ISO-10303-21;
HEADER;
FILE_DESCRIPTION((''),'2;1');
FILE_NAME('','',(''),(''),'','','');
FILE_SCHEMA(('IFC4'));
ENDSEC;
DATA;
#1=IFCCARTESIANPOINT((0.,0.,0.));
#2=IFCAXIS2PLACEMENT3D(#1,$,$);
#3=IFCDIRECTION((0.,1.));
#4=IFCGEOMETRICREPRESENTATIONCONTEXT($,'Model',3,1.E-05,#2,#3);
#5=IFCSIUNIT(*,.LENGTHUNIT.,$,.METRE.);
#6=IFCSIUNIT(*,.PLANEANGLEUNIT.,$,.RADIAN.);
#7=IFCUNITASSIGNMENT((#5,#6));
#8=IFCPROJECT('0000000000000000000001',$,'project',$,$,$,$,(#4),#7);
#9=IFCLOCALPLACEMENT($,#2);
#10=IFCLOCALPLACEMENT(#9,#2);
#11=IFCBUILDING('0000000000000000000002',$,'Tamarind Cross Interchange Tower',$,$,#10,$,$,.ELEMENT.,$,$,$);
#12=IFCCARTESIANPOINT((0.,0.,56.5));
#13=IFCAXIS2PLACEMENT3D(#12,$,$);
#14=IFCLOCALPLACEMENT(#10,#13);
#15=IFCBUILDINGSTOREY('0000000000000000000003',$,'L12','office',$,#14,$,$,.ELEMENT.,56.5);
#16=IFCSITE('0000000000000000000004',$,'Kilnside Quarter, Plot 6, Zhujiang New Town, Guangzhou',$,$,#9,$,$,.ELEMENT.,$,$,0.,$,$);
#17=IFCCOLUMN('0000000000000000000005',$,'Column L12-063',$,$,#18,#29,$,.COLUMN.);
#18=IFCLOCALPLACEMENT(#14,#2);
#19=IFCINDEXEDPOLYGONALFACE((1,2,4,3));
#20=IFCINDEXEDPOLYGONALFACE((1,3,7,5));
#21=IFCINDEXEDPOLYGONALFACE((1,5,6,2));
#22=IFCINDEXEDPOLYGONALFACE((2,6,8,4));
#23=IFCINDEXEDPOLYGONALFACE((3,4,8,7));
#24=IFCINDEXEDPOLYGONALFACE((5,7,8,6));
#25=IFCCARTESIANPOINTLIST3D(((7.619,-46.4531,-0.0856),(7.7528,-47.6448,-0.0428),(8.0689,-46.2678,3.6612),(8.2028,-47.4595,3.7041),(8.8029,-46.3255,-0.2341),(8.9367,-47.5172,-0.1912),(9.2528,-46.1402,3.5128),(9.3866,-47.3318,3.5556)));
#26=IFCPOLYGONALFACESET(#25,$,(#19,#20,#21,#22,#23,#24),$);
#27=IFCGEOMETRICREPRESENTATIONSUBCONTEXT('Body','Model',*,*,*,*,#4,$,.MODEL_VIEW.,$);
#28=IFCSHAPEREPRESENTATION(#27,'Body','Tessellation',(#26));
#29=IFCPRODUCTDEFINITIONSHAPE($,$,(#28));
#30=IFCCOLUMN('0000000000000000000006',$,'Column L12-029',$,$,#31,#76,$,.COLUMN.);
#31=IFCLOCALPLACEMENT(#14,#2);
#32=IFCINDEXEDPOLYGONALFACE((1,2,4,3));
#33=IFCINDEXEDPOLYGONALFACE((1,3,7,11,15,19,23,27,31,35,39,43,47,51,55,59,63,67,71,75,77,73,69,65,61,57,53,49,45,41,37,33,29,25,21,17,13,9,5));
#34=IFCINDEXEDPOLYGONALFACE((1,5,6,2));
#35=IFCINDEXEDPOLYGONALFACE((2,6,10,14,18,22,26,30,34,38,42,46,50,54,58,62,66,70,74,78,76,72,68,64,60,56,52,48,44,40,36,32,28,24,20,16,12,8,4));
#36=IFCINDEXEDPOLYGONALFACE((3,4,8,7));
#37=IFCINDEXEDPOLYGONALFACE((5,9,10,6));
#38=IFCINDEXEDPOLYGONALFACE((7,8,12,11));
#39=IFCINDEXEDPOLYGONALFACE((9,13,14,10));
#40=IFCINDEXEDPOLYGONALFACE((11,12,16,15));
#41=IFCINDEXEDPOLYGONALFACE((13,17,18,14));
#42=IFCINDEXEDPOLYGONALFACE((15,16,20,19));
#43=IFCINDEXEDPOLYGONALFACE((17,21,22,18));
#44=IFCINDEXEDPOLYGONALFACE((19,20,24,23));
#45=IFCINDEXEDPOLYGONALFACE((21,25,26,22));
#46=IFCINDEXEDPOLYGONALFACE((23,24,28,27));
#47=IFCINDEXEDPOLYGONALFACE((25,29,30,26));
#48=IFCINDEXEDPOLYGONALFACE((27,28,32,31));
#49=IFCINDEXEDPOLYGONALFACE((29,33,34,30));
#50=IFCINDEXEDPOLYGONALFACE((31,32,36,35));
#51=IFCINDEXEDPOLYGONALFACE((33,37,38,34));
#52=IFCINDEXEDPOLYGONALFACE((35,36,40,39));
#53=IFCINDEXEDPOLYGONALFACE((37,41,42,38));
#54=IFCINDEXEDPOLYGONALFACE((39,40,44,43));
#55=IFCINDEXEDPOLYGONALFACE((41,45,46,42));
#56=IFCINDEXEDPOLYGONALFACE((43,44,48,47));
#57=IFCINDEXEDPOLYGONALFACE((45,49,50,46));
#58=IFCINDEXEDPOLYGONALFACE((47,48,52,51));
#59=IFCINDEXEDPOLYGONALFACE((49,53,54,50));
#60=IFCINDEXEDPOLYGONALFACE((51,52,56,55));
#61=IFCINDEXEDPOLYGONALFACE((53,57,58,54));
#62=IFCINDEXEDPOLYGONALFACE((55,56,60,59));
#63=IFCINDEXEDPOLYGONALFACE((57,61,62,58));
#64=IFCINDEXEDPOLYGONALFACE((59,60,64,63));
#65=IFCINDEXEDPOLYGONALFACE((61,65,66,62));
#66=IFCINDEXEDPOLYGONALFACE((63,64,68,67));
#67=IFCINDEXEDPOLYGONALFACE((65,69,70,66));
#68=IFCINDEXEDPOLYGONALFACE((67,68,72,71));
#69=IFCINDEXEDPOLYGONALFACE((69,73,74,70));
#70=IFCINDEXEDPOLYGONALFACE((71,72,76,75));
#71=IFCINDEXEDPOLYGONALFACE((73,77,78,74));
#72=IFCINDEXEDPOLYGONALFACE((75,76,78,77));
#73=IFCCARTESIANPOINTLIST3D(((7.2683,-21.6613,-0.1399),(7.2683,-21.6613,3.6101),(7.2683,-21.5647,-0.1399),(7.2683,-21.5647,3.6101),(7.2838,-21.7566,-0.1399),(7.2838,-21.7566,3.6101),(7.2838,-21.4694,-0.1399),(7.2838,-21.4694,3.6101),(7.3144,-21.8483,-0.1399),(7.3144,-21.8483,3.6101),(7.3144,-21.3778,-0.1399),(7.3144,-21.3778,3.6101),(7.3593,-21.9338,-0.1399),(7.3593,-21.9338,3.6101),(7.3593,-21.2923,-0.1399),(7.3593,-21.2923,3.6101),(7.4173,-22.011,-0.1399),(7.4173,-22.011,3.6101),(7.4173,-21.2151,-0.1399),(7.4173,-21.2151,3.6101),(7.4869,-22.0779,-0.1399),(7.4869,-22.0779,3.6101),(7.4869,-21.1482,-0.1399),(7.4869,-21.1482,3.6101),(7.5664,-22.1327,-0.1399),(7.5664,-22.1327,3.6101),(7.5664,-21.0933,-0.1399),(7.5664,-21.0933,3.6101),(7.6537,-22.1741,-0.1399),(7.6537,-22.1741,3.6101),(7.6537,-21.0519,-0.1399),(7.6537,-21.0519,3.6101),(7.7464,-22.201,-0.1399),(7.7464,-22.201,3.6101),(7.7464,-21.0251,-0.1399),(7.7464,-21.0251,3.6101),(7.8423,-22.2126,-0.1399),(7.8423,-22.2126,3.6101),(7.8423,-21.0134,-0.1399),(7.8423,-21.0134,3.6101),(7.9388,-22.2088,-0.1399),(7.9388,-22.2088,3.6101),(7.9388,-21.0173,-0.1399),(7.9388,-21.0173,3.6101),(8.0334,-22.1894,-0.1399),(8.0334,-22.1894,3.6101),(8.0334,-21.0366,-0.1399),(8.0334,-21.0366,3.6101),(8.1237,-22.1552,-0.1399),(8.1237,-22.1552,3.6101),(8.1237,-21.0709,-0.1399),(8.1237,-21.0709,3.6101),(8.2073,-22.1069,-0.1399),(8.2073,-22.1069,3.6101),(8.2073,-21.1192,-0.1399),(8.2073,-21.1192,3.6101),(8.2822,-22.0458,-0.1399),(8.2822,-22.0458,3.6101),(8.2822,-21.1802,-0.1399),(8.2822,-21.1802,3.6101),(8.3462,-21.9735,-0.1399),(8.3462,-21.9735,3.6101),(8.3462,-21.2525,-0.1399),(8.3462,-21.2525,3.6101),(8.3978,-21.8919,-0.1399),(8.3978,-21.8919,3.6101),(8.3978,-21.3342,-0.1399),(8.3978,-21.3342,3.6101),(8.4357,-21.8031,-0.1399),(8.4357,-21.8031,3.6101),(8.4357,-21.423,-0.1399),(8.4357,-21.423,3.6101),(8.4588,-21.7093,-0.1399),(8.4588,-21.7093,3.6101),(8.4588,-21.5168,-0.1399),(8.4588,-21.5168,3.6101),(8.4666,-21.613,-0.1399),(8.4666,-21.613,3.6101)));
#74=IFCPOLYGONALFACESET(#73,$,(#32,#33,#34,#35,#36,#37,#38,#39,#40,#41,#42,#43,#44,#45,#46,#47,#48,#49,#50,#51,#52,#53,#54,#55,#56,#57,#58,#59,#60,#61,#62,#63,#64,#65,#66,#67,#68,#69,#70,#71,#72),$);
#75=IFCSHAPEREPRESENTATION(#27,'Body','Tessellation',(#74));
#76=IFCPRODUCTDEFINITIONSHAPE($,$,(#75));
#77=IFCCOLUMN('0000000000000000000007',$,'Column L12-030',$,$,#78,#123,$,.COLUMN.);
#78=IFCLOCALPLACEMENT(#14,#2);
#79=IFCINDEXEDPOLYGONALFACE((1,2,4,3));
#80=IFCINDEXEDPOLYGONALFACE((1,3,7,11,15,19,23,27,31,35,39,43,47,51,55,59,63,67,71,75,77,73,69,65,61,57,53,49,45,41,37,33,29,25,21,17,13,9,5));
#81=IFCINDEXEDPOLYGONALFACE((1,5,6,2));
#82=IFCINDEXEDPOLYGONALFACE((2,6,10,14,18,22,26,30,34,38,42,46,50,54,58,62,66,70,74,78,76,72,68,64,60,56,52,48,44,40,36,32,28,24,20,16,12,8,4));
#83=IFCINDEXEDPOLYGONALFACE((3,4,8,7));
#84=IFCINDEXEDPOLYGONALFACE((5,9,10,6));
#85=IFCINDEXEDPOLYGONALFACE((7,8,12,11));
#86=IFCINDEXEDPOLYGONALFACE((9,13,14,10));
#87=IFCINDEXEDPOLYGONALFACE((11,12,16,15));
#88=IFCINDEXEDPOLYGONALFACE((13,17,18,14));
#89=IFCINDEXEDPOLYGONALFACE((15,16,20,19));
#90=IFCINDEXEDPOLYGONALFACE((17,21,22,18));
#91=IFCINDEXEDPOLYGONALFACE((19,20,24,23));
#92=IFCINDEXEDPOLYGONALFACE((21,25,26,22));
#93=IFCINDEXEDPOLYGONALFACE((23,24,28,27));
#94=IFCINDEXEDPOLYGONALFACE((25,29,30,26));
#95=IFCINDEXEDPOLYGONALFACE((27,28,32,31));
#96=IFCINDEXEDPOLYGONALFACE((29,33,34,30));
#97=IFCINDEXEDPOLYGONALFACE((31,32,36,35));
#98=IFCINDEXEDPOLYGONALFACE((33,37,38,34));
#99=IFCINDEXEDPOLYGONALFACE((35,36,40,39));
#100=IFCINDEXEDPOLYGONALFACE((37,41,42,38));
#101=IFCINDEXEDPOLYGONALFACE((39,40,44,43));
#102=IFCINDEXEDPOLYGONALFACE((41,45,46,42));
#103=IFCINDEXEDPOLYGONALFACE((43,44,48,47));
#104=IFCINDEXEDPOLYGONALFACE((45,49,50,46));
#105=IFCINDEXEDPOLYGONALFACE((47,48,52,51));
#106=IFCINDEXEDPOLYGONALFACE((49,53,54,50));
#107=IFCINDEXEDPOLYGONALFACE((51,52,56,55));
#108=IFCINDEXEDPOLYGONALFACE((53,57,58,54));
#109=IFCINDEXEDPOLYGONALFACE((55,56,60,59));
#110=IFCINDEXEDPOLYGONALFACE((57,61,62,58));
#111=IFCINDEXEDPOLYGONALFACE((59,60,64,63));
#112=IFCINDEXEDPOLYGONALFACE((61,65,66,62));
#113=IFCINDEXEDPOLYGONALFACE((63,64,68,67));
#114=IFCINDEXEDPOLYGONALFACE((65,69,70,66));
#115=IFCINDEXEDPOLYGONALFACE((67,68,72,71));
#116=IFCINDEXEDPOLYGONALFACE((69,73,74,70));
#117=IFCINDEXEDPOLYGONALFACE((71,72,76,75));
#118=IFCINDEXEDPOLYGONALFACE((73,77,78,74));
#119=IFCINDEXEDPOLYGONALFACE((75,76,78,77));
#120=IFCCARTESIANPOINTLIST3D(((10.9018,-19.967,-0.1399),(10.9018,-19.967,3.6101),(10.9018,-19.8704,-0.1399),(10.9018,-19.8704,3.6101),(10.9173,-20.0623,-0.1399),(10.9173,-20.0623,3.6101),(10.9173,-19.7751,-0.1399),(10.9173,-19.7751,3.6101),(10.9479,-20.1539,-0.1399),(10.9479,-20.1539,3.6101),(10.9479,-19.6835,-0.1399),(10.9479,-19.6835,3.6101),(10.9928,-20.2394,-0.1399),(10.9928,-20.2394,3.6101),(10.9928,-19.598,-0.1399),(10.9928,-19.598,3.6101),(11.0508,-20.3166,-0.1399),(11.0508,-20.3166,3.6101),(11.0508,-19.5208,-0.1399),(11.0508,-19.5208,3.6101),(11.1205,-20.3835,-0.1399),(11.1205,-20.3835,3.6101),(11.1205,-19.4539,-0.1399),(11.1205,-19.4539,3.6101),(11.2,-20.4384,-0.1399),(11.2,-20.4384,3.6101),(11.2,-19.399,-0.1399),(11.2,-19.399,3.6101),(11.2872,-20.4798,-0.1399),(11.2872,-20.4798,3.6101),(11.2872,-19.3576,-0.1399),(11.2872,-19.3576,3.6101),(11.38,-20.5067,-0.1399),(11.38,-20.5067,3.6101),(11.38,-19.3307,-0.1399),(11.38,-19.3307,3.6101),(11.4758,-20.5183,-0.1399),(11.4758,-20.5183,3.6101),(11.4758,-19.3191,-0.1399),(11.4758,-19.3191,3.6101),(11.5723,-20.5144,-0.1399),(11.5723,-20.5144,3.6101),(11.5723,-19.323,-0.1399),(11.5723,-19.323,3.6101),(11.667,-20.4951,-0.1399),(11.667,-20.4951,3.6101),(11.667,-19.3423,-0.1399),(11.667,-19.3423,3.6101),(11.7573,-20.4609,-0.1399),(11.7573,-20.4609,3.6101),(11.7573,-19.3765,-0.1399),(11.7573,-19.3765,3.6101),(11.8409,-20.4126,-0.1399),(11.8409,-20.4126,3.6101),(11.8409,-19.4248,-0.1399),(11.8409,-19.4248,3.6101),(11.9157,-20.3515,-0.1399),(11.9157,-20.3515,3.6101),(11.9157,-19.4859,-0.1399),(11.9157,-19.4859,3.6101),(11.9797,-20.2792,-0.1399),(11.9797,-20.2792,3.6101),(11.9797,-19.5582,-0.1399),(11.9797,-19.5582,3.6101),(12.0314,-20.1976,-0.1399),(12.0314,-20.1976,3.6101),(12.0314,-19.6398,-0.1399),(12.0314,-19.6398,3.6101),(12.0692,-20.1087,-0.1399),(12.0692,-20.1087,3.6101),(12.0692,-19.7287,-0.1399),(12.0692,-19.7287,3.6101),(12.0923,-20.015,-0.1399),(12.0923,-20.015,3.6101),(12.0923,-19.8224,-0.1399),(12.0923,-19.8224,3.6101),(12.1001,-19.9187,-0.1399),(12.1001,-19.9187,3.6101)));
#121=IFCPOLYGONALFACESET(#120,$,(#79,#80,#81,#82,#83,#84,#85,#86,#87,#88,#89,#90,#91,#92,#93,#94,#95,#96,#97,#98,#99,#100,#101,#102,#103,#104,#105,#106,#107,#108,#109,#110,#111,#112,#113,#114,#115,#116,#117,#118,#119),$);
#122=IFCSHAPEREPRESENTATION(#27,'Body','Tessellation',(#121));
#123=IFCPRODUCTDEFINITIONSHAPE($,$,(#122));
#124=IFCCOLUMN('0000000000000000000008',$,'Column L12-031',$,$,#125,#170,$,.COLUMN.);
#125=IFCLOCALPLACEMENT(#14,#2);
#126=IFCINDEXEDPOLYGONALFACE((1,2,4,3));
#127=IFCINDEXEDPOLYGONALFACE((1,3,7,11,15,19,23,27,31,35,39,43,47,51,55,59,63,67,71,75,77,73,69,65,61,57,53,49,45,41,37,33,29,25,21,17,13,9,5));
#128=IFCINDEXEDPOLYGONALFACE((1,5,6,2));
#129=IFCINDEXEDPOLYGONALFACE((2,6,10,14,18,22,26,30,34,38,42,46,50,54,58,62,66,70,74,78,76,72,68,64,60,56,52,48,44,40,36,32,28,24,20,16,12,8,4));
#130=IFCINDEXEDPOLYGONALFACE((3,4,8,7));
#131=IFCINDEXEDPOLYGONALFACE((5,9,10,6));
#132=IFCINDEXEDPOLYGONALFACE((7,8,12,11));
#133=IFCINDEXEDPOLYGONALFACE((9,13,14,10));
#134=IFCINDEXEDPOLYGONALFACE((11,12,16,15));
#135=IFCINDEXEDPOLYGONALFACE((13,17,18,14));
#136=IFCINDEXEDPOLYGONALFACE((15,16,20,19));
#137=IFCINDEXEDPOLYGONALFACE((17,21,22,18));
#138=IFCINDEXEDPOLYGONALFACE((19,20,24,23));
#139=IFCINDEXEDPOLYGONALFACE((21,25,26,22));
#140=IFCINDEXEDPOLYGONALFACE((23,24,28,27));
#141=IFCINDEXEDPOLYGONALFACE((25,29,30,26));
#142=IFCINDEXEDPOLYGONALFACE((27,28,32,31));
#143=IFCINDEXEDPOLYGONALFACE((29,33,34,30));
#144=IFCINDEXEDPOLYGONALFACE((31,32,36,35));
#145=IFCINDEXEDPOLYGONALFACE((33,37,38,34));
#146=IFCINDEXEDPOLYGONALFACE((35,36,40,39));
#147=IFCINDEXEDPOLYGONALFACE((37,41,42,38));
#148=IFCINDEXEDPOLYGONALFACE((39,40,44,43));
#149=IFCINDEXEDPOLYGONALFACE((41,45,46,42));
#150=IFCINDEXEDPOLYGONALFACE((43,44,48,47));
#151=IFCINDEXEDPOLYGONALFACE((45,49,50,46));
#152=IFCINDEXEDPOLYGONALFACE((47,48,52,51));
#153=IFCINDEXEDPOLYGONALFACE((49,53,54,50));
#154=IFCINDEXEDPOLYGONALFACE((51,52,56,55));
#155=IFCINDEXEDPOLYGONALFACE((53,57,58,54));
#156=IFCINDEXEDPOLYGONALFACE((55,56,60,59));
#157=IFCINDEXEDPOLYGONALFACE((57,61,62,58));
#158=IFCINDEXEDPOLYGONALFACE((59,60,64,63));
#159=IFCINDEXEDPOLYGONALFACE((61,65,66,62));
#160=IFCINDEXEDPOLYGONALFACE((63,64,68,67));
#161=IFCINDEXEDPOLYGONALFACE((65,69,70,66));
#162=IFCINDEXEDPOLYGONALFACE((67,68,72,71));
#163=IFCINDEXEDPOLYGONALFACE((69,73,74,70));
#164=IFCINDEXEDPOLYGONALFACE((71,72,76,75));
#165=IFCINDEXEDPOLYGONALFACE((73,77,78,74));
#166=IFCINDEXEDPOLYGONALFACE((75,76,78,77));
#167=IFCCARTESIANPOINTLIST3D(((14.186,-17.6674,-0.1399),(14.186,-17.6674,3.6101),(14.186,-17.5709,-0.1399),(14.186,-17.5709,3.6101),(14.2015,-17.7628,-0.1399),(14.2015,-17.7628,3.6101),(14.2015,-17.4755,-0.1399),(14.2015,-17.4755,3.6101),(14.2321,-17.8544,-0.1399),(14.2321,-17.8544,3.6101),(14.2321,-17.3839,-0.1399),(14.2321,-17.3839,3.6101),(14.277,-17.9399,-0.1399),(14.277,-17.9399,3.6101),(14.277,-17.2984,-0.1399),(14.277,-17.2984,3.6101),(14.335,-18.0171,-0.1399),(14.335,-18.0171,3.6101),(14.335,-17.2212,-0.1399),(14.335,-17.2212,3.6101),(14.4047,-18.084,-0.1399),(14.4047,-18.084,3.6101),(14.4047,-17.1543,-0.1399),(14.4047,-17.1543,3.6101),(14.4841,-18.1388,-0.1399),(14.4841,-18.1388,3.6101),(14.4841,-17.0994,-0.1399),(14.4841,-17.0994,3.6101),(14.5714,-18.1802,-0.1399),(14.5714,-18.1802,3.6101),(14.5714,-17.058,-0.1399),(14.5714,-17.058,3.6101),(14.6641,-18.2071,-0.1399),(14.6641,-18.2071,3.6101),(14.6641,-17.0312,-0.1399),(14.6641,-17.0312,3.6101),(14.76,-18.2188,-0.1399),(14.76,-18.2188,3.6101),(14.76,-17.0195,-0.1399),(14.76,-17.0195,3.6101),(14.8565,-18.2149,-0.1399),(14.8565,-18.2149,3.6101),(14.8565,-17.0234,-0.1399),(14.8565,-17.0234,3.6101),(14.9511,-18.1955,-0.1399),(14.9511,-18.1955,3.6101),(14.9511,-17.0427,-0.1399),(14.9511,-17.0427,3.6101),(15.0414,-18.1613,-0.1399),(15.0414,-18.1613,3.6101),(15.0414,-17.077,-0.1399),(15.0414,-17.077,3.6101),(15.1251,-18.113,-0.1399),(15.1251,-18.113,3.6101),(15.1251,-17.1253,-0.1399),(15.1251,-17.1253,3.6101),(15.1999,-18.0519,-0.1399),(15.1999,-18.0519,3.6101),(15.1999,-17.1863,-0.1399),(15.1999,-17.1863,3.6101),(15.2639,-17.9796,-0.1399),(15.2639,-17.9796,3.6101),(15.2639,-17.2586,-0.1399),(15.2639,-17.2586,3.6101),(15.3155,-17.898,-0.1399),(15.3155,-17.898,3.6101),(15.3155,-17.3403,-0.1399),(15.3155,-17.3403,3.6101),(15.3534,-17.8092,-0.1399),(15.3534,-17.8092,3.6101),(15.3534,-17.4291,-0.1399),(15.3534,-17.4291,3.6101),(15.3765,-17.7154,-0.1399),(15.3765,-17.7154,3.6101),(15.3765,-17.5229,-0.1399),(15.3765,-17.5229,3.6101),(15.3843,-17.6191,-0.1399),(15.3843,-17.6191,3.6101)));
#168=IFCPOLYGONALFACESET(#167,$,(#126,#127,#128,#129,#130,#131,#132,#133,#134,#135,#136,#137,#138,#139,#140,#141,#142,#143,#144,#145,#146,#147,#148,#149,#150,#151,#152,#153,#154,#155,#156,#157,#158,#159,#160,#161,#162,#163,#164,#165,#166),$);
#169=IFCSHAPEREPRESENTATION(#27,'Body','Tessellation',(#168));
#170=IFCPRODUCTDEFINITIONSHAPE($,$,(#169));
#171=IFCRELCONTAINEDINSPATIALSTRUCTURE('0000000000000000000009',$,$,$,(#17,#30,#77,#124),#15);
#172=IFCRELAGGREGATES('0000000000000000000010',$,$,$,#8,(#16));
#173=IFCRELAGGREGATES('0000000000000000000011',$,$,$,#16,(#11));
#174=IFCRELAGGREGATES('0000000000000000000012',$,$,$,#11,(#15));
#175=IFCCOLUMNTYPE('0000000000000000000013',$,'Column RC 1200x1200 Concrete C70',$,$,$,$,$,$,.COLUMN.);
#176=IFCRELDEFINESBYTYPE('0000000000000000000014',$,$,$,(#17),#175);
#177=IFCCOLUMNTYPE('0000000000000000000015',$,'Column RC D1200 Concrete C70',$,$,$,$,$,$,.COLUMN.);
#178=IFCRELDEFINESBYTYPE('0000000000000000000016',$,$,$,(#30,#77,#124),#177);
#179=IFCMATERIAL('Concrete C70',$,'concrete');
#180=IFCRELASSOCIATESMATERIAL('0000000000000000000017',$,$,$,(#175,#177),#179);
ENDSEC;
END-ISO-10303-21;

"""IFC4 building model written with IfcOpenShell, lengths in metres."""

from ifc_helpers import new_model, si_unit, direction, frame, origin, origin_2d, place, context, subcontext, project, spatial, rectangle, circle, extrude, material, material_profile, profile_set, type_object, element, save


model = new_model("IFC4")

# Units and contexts
model_context = context("Model", 3, precision=1e-05, world=origin(), true_north=direction((0.0, 1.0)))
body_context = subcontext(model_context, "Body", "Model", "MODEL_VIEW")
ifc_project = project(units=[si_unit("LENGTHUNIT", "METRE"), si_unit("PLANEANGLEUNIT", "RADIAN")], contexts=[model_context])

# Site, building, storey
site_placement = place(None, origin())
site = spatial("IfcSite", under=ifc_project, at=site_placement, Name="Kilnside Quarter, Plot 6, Zhujiang New Town, Guangzhou", CompositionType="ELEMENT", RefElevation=0.0)
building_placement = place(site_placement, origin())
building = spatial("IfcBuilding", under=site, at=building_placement, Name="Tamarind Cross Interchange Tower", CompositionType="ELEMENT")
storey_placement = place(building_placement, frame((0.0, 0.0, 56.5)))
storey = spatial("IfcBuildingStorey", under=building, at=storey_placement, Name="L12", Description="office", CompositionType="ELEMENT", Elevation=56.5)

# Columns
ifc_material_1 = material(Name="Concrete C70", Category="concrete")
ifc_material_profile_1 = material_profile(ifc_material_1, rectangle(XDim=1.2, YDim=1.2, at=origin_2d()), Name="RC 1200x1200")
ifc_profile_set_1 = profile_set([ifc_material_profile_1], Name="Concrete C70")
column_type_1 = type_object("IfcColumnType", Name="Column RC 1200x1200 Concrete C70", PredefinedType="COLUMN", material=ifc_profile_set_1)
column_placement = place(storey_placement, frame((8.2778, -46.9851, -0.1384), z_axis=(0.119088, 0.049044, 0.991672), x_axis=(-0.9866, -0.106345, 0.123739)))
element("IfcColumn", 1, at=column_placement, inside=storey, type_object=column_type_1, Name="Column L12-063", PredefinedType="COLUMN", context=body_context, shape_type="SweptSolid", body=[
    extrude(rectangle(XDim=1.2, YDim=1.2, at=origin_2d()), origin(), (0.0, 0.0, 1.0), 3.7783),
])
ifc_material_profile_2 = material_profile(ifc_material_1, circle(Radius=0.6001, at=origin_2d()), Name="RC D1200")
ifc_profile_set_2 = profile_set([ifc_material_profile_2], Name="Concrete C70")
column_type_2 = type_object("IfcColumnType", Name="Column RC D1200 Concrete C70", PredefinedType="COLUMN", material=ifc_profile_set_2)
for number, where, z_axis, x_axis, name in (
    (2, (7.8665, -21.613, -0.1399), (0.0, 0.0, 1.0), (1.0, 0.0, 0.0), "Column L12-029"),
    (3, (11.5, -19.9187, -0.1399), (0.0, 0.0, 1.0), (1.0, 0.0, 0.0), "Column L12-030"),
    (4, (14.7842, -17.6191, -0.1399), (0.0, 0.0, 1.0), (1.0, 0.0, 0.0), "Column L12-031"),
):
    element("IfcColumn", number, at=place(storey_placement, frame(where, z_axis=z_axis, x_axis=x_axis)), inside=storey, type_object=column_type_2, Name=name, PredefinedType="COLUMN", context=body_context, shape_type="SweptSolid", body=[
        extrude(circle(Radius=0.6001, at=origin_2d()), origin(), (0.0, 0.0, 1.0), 3.75),
    ])

save(model, "model.ifc")
